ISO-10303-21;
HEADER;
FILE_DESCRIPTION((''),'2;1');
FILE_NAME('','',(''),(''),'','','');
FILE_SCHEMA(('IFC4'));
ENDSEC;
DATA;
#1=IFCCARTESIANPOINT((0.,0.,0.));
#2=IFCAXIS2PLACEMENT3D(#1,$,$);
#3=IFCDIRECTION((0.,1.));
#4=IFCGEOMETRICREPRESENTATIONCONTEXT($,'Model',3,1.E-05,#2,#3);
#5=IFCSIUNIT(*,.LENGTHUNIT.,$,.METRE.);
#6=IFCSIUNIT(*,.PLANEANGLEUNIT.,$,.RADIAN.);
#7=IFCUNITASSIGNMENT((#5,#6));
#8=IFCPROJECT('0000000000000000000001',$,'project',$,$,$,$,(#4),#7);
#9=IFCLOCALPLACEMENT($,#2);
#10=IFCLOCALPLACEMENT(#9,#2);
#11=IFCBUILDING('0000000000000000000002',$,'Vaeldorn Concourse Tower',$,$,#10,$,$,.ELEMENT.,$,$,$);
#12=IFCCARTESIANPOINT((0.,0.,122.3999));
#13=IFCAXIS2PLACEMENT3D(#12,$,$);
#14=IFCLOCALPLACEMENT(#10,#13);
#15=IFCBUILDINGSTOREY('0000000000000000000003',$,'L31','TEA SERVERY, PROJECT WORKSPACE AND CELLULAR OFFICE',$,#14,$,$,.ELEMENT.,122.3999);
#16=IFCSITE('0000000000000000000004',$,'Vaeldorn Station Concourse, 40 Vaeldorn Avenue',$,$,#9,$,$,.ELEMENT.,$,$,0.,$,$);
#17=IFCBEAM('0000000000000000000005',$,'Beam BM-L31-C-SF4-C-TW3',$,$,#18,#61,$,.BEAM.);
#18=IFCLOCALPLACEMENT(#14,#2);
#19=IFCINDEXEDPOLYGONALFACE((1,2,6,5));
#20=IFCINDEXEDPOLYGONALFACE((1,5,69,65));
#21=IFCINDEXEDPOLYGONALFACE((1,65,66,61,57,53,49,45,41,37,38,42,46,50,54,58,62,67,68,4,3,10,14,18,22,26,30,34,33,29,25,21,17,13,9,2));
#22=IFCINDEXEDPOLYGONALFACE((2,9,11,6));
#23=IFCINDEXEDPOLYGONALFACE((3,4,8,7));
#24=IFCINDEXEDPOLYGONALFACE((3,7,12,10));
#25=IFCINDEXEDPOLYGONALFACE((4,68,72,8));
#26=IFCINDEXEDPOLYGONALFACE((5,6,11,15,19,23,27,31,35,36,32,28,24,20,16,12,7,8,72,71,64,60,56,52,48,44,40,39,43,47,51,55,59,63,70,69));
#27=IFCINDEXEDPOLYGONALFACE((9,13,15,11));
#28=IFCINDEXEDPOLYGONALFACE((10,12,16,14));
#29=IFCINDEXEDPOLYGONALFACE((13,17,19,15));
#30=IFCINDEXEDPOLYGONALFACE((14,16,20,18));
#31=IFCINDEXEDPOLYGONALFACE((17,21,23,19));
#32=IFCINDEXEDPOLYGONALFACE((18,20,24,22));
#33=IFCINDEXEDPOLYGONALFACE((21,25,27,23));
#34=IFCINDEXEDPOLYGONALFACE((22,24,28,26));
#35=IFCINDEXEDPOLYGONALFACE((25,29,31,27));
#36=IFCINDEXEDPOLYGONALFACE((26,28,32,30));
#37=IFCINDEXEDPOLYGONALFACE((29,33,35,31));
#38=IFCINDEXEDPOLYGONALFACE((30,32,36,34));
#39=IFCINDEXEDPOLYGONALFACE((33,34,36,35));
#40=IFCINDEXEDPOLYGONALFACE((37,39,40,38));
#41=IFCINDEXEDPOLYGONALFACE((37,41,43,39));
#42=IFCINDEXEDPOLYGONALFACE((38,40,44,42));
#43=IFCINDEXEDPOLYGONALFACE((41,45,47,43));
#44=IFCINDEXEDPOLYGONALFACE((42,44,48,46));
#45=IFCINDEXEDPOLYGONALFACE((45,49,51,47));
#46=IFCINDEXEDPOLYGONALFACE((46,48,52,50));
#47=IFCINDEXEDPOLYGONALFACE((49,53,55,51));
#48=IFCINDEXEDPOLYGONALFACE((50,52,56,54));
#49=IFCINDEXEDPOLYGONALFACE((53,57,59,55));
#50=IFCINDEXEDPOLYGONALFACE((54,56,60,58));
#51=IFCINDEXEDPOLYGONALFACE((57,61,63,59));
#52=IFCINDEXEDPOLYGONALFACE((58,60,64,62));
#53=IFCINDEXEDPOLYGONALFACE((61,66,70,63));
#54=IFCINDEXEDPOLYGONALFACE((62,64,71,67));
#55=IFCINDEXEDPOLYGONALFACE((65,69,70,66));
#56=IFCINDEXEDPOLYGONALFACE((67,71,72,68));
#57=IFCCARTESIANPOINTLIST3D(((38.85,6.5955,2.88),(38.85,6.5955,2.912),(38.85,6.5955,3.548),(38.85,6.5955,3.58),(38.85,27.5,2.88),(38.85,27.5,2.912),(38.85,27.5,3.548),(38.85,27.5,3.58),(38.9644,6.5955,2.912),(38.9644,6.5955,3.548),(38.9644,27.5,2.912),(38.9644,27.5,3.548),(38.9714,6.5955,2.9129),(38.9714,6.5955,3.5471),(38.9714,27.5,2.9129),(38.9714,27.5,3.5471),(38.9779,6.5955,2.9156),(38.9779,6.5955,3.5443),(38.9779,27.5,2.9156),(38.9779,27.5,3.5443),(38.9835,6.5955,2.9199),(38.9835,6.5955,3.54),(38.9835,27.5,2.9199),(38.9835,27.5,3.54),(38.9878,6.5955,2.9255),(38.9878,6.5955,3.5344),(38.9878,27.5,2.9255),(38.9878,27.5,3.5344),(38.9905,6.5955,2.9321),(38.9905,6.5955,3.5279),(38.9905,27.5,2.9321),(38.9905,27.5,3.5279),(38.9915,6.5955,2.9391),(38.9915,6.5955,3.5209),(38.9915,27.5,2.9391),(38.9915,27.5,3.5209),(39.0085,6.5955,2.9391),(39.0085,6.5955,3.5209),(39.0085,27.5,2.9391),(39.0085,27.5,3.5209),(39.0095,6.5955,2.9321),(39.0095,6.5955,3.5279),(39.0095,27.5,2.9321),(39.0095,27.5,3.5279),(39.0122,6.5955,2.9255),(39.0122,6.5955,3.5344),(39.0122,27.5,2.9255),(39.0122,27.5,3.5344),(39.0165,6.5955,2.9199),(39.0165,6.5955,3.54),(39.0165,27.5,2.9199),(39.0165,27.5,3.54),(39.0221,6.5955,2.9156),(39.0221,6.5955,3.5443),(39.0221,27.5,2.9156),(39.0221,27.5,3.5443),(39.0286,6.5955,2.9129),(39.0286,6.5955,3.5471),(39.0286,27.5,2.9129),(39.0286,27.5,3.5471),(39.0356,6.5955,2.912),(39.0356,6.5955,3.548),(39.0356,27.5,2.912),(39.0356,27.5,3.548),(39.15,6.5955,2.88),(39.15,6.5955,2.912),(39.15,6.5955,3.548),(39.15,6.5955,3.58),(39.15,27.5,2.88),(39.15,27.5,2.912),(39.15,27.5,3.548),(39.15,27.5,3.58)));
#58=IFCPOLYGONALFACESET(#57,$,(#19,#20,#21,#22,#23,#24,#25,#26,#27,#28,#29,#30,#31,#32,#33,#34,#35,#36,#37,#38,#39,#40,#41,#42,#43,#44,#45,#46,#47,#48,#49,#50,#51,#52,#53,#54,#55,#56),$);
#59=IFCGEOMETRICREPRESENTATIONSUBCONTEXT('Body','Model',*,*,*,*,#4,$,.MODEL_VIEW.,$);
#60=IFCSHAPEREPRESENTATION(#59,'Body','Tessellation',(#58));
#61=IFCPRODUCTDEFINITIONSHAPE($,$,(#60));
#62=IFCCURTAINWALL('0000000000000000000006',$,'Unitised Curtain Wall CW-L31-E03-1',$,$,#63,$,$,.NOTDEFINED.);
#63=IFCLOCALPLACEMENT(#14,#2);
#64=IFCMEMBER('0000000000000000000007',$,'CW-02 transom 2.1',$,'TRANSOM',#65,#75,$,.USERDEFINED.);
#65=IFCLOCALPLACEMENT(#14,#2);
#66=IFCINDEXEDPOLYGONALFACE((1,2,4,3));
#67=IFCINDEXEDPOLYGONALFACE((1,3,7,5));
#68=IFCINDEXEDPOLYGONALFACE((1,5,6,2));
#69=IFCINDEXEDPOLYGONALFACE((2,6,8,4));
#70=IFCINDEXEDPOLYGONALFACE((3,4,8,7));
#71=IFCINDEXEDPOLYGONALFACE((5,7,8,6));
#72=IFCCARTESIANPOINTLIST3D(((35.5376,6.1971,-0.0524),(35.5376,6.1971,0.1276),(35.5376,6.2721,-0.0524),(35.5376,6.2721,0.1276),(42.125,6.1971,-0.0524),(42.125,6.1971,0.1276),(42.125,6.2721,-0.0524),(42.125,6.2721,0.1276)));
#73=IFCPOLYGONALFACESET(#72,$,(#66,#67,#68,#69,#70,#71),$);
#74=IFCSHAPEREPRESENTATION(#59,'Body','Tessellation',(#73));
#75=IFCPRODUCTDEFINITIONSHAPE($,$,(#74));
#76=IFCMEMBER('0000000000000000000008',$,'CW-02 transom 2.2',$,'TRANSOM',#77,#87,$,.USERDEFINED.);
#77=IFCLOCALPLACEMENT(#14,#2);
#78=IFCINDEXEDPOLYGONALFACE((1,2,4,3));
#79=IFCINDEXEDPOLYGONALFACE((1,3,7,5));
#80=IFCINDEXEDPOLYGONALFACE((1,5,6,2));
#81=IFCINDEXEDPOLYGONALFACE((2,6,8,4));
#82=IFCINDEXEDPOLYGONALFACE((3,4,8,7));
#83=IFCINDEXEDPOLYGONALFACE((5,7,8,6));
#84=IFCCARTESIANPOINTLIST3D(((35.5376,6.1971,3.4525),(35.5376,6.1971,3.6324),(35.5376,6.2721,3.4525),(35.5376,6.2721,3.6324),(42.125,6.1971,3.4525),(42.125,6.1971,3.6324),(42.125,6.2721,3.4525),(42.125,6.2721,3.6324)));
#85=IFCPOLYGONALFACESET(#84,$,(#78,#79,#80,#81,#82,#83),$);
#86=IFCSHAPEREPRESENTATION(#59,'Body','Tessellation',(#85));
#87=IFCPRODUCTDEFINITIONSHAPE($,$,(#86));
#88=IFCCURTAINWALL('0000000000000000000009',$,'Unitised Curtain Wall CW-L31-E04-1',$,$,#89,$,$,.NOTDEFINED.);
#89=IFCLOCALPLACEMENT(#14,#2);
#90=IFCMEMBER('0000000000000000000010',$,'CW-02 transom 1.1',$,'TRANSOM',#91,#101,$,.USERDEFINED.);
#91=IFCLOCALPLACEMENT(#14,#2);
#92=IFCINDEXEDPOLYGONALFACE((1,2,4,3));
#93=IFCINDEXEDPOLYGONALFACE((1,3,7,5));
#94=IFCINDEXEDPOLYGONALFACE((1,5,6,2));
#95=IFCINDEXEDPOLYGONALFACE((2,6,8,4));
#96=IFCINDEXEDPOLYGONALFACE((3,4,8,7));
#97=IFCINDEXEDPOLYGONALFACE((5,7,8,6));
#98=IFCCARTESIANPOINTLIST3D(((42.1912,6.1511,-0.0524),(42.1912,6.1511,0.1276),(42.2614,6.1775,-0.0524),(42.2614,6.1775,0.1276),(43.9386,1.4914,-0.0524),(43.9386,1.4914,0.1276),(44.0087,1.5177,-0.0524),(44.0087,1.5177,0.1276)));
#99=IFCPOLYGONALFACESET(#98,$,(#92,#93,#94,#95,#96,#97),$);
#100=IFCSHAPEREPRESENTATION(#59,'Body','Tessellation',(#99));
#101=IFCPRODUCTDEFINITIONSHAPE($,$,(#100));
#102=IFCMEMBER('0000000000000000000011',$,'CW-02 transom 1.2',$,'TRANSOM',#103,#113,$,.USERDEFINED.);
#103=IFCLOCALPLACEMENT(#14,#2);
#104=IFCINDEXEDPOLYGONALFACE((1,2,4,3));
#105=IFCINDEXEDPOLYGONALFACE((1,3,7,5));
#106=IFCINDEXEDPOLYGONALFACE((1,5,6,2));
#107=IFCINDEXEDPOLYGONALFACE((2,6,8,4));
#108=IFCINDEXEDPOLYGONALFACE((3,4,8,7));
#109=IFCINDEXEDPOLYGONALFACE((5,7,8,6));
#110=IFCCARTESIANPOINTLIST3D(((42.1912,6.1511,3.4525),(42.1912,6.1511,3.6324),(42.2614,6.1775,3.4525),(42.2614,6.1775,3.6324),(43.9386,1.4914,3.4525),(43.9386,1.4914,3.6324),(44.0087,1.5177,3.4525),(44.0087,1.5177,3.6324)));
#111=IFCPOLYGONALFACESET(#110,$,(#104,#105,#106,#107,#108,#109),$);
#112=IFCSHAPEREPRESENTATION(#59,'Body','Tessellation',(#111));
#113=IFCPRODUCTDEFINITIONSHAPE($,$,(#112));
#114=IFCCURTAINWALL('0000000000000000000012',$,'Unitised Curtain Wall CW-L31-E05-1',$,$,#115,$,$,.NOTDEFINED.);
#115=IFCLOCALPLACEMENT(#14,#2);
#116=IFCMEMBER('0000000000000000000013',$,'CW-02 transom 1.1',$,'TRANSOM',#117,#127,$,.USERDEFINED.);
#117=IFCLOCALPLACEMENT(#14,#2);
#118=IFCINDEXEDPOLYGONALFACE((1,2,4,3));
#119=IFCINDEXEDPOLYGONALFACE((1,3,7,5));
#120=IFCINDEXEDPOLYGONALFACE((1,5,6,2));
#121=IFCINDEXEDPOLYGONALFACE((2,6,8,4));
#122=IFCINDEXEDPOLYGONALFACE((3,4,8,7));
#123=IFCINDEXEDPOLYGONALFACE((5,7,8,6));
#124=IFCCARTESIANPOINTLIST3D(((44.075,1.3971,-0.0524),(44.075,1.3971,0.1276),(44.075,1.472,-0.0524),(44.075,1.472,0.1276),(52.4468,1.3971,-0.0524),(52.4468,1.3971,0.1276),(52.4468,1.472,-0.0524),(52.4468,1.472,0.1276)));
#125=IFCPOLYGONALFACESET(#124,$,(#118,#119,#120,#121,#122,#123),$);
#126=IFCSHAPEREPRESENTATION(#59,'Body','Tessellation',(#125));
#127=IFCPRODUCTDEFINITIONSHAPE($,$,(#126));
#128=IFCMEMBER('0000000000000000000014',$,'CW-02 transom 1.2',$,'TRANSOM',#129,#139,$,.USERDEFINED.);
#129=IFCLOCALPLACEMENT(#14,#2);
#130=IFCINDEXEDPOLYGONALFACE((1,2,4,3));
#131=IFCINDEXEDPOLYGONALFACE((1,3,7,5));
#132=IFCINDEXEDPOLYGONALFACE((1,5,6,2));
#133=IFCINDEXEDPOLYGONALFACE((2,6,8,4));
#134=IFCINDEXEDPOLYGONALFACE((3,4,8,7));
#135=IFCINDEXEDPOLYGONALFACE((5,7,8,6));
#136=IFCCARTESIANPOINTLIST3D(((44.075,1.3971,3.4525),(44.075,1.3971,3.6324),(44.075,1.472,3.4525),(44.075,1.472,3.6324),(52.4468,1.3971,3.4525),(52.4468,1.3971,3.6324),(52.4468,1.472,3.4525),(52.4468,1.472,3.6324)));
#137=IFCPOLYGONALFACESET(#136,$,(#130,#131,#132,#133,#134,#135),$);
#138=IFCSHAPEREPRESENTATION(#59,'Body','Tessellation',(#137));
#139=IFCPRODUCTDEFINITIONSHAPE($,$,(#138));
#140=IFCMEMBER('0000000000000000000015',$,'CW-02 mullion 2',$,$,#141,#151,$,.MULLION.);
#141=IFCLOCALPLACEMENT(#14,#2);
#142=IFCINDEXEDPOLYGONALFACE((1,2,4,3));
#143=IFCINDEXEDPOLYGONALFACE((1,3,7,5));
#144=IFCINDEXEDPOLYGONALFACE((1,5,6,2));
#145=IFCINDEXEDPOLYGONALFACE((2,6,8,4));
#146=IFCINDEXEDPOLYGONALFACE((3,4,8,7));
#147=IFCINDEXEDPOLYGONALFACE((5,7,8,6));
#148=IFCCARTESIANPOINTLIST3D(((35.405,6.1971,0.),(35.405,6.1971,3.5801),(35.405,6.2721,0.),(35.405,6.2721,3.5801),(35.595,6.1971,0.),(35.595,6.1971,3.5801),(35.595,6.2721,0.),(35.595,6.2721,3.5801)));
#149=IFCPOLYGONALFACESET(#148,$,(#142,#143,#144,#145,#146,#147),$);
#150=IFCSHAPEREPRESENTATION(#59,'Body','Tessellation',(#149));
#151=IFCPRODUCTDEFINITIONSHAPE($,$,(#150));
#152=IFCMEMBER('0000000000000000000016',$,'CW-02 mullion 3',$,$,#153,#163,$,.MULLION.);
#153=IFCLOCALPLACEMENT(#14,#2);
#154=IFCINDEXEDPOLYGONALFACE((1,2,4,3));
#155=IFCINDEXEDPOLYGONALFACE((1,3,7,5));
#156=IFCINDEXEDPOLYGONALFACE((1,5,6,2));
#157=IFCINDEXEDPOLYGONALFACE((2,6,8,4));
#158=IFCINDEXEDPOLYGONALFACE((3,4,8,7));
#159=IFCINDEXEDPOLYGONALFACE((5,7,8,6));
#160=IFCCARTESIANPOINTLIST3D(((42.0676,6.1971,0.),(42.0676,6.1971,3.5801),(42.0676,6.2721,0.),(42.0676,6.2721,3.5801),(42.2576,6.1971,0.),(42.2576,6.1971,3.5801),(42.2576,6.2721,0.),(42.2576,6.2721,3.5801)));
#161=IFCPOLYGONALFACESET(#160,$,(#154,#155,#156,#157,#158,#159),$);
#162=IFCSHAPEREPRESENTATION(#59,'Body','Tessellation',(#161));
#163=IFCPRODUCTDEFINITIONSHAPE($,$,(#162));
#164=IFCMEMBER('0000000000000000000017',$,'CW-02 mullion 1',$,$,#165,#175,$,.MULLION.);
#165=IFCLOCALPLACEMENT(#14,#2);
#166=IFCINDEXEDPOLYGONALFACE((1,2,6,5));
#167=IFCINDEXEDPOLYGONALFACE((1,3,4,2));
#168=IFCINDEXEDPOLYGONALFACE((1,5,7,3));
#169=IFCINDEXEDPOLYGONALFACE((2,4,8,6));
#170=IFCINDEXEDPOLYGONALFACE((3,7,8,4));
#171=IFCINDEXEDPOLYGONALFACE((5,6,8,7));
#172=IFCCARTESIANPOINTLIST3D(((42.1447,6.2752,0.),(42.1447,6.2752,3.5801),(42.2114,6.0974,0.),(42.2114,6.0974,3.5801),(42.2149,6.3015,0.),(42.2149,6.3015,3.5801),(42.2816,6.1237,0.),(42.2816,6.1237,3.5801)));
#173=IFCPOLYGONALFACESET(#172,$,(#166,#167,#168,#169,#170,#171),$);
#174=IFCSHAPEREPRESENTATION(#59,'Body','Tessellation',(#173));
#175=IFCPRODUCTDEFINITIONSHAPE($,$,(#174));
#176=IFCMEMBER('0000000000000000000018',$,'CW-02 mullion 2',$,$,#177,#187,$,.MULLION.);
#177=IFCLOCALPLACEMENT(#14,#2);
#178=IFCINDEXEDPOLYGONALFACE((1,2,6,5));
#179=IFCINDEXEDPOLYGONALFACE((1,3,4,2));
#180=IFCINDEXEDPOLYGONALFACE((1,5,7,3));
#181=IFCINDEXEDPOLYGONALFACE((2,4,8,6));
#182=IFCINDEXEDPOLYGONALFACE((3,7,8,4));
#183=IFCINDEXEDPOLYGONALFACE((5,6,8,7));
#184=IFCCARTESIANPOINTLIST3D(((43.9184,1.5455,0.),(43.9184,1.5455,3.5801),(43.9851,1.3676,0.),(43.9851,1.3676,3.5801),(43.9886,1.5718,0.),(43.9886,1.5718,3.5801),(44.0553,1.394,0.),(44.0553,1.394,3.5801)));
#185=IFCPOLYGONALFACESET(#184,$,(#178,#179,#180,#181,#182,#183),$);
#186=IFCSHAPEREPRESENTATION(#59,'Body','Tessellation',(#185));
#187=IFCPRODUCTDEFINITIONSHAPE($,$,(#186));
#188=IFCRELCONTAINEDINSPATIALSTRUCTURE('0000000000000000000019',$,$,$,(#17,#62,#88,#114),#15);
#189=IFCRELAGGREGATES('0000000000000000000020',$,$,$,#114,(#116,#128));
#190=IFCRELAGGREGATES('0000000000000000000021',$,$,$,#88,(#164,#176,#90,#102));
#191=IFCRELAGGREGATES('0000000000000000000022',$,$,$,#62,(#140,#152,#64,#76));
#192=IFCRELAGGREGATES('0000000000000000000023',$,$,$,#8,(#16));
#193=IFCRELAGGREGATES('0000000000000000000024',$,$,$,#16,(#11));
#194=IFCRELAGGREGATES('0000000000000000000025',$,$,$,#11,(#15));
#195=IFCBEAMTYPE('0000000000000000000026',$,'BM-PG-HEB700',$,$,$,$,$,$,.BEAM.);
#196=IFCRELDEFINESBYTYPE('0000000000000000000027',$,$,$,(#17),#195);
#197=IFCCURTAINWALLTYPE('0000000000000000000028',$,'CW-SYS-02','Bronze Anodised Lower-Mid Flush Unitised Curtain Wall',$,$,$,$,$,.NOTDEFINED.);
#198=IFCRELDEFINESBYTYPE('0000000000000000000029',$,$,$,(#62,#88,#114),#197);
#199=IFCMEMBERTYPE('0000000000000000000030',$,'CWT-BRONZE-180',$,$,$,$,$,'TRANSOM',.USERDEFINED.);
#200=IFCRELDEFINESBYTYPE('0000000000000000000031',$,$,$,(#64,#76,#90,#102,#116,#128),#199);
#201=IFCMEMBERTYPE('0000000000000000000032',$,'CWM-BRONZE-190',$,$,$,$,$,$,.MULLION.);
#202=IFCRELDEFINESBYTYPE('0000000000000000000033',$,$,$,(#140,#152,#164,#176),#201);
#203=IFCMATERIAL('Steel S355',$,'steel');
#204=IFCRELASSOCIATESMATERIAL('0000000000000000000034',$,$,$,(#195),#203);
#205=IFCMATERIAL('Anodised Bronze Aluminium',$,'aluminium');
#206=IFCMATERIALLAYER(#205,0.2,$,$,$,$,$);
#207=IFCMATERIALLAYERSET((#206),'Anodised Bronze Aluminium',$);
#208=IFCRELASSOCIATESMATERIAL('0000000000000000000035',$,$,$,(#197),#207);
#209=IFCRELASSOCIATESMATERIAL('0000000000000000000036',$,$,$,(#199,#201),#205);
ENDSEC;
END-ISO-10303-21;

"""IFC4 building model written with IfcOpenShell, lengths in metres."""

from ifc_helpers import new_model, si_unit, direction, frame, origin, origin_2d, place, context, subcontext, project, spatial, rectangle, i_section, extrude, source, transform, mapped, material, layer, layer_set, material_profile, profile_set, type_object, element, aggregate, save


model = new_model("IFC4")

# Units and contexts
model_context = context("Model", 3, precision=1e-05, world=origin(), true_north=direction((0.0, 1.0)))
body_context = subcontext(model_context, "Body", "Model", "MODEL_VIEW")
ifc_project = project(units=[si_unit("LENGTHUNIT", "METRE"), si_unit("PLANEANGLEUNIT", "RADIAN")], contexts=[model_context])

# Site, building, storey
site_placement = place(None, origin())
site = spatial("IfcSite", under=ifc_project, at=site_placement, Name="Vaeldorn Station Concourse, 40 Vaeldorn Avenue", CompositionType="ELEMENT", RefElevation=0.0)
building_placement = place(site_placement, origin())
building = spatial("IfcBuilding", under=site, at=building_placement, Name="Vaeldorn Concourse Tower", CompositionType="ELEMENT")
storey_placement = place(building_placement, frame((0.0, 0.0, 122.3999)))
storey = spatial("IfcBuildingStorey", under=building, at=storey_placement, Name="L31", Description="TEA SERVERY, PROJECT WORKSPACE AND CELLULAR OFFICE", CompositionType="ELEMENT", Elevation=122.3999)

# Beam
ifc_material_1 = material(Name="Steel S355", Category="steel")
ifc_material_profile_1 = material_profile(ifc_material_1, i_section(OverallWidth=0.3, OverallDepth=0.7, WebThickness=0.0171, FlangeThickness=0.032, FilletRadius=0.0271, at=origin_2d()), Name="HEB 700")
ifc_profile_set_1 = profile_set([ifc_material_profile_1], Name="Steel S355")
beam_type_1 = type_object("IfcBeamType", Name="BM-PG-HEB700", PredefinedType="BEAM", material=ifc_profile_set_1)
shared_shape_1 = source(origin(), body_context, "Body", "SweptSolid", [
    extrude(i_section(OverallWidth=0.3, OverallDepth=0.7, WebThickness=0.0171, FlangeThickness=0.032, FilletRadius=0.0271, at=origin_2d()), origin(), (0.0, 0.0, 1.0), 20.9045),
])
beam_1_placement = place(storey_placement, frame((39.0, 6.5955, 3.23), z_axis=(0.0, 1.0, 0.0), x_axis=(-1.0, 0.0, 0.0)))
element("IfcBeam", 1, at=beam_1_placement, inside=storey, type_object=beam_type_1, Name="Beam BM-L31-C-SF4-C-TW3", PredefinedType="BEAM", context=body_context, shape_type="MappedRepresentation", body=[
    mapped(shared_shape_1, transform((0.0, 0.0, 0.0), scale=1.0)),
])

# Curtain walls, members
ifc_material_2 = material(Name="Anodised Bronze Aluminium", Category="aluminium")
ifc_layer_1 = layer(ifc_material_2, 0.2)
ifc_layer_set_1 = layer_set([ifc_layer_1], Name="Anodised Bronze Aluminium")
curtain_wall_type = type_object("IfcCurtainWallType", Name="CW-SYS-02", Description="Bronze Anodised Lower-Mid Flush Unitised Curtain Wall", PredefinedType="NOTDEFINED", material=ifc_layer_set_1)
curtain_wall_1_placement = place(storey_placement, origin())
curtain_wall_1 = element("IfcCurtainWall", 2, at=curtain_wall_1_placement, inside=storey, type_object=curtain_wall_type, Name="Unitised Curtain Wall CW-L31-E03-1", PredefinedType="NOTDEFINED")
ifc_material_profile_2 = material_profile(ifc_material_2, rectangle(XDim=0.075, YDim=0.1799, at=origin_2d()), Name="CWT 75x180")
ifc_profile_set_2 = profile_set([ifc_material_profile_2], Name="Anodised Bronze Aluminium")
member_type_1 = type_object("IfcMemberType", Name="CWT-BRONZE-180", ElementType="TRANSOM", PredefinedType="USERDEFINED", material=ifc_profile_set_2)
shared_shape_2 = source(origin(), body_context, "Body", "SweptSolid", [
    extrude(rectangle(XDim=0.075, YDim=0.1799, at=origin_2d()), origin(), (0.0, 0.0, 1.0), 6.5874),
])
member_1_placement = place(storey_placement, frame((35.5376, 6.2346, 0.0376), z_axis=(1.0, 0.0, 0.0), x_axis=(0.0, 1.0, 0.0)))
member_1 = element("IfcMember", 3, at=member_1_placement, type_object=member_type_1, Name="CW-02 transom 2.1", ObjectType="TRANSOM", PredefinedType="USERDEFINED", context=body_context, shape_type="MappedRepresentation", body=[
    mapped(shared_shape_2, transform((0.0, 0.0, 0.0), scale=1.0)),
])
member_2_placement = place(storey_placement, frame((35.5376, 6.2346, 3.5425), z_axis=(1.0, 0.0, 0.0), x_axis=(0.0, 1.0, 0.0)))
member_2 = element("IfcMember", 4, at=member_2_placement, type_object=member_type_1, Name="CW-02 transom 2.2", ObjectType="TRANSOM", PredefinedType="USERDEFINED", context=body_context, shape_type="MappedRepresentation", body=[
    mapped(shared_shape_2, transform((0.0, 0.0, 0.0), scale=1.0)),
])
curtain_wall_2_placement = place(storey_placement, origin())
curtain_wall_2 = element("IfcCurtainWall", 5, at=curtain_wall_2_placement, inside=storey, type_object=curtain_wall_type, Name="Unitised Curtain Wall CW-L31-E04-1", PredefinedType="NOTDEFINED")
shared_shape_3 = source(origin(), body_context, "Body", "SweptSolid", [
    extrude(rectangle(XDim=0.075, YDim=0.1799, at=origin_2d()), origin(), (0.0, 0.0, 1.0), 4.9766),
])
member_3_placement = place(storey_placement, frame((42.2263, 6.1643, 0.0376), z_axis=(0.351113, -0.936333, 0.0), x_axis=(0.936333, 0.351113, 0.0)))
member_3 = element("IfcMember", 6, at=member_3_placement, type_object=member_type_1, Name="CW-02 transom 1.1", ObjectType="TRANSOM", PredefinedType="USERDEFINED", context=body_context, shape_type="MappedRepresentation", body=[
    mapped(shared_shape_3, transform((0.0, 0.0, 0.0), scale=1.0)),
])
member_4_placement = place(storey_placement, frame((42.2263, 6.1643, 3.5425), z_axis=(0.351113, -0.936333, 0.0), x_axis=(0.936333, 0.351113, 0.0)))
member_4 = element("IfcMember", 7, at=member_4_placement, type_object=member_type_1, Name="CW-02 transom 1.2", ObjectType="TRANSOM", PredefinedType="USERDEFINED", context=body_context, shape_type="MappedRepresentation", body=[
    mapped(shared_shape_3, transform((0.0, 0.0, 0.0), scale=1.0)),
])
curtain_wall_3_placement = place(storey_placement, origin())
curtain_wall_3 = element("IfcCurtainWall", 8, at=curtain_wall_3_placement, inside=storey, type_object=curtain_wall_type, Name="Unitised Curtain Wall CW-L31-E05-1", PredefinedType="NOTDEFINED")
shared_shape_4 = source(origin(), body_context, "Body", "SweptSolid", [
    extrude(rectangle(XDim=0.075, YDim=0.1799, at=origin_2d()), origin(), (0.0, 0.0, 1.0), 8.3718),
])
member_5_placement = place(storey_placement, frame((44.075, 1.4346, 0.0376), z_axis=(1.0, 0.0, 0.0), x_axis=(0.0, 1.0, 0.0)))
member_5 = element("IfcMember", 9, at=member_5_placement, type_object=member_type_1, Name="CW-02 transom 1.1", ObjectType="TRANSOM", PredefinedType="USERDEFINED", context=body_context, shape_type="MappedRepresentation", body=[
    mapped(shared_shape_4, transform((0.0, 0.0, 0.0), scale=1.0)),
])
member_6_placement = place(storey_placement, frame((44.075, 1.4346, 3.5425), z_axis=(1.0, 0.0, 0.0), x_axis=(0.0, 1.0, 0.0)))
member_6 = element("IfcMember", 10, at=member_6_placement, type_object=member_type_1, Name="CW-02 transom 1.2", ObjectType="TRANSOM", PredefinedType="USERDEFINED", context=body_context, shape_type="MappedRepresentation", body=[
    mapped(shared_shape_4, transform((0.0, 0.0, 0.0), scale=1.0)),
])

# Members
ifc_material_profile_3 = material_profile(ifc_material_2, rectangle(XDim=0.075, YDim=0.1899, at=origin_2d()), Name="CWM 75x190")
ifc_profile_set_3 = profile_set([ifc_material_profile_3], Name="Anodised Bronze Aluminium")
member_type_2 = type_object("IfcMemberType", Name="CWM-BRONZE-190", PredefinedType="MULLION", material=ifc_profile_set_3)
shared_shape_5 = source(origin(), body_context, "Body", "SweptSolid", [
    extrude(rectangle(XDim=0.075, YDim=0.1899, at=origin_2d()), origin(), (0.0, 0.0, 1.0), 3.5801),
])
member_7_placement = place(storey_placement, frame((35.5, 6.2346, 0.0), z_axis=(0.0, 0.0, 1.0), x_axis=(0.0, 1.0, 0.0)))
member_7 = element("IfcMember", 11, at=member_7_placement, type_object=member_type_2, Name="CW-02 mullion 2", PredefinedType="MULLION", context=body_context, shape_type="MappedRepresentation", body=[
    mapped(shared_shape_5, transform((0.0, 0.0, 0.0), scale=1.0)),
])
member_8_placement = place(storey_placement, frame((42.1626, 6.2346, 0.0), z_axis=(0.0, 0.0, 1.0), x_axis=(0.0, 1.0, 0.0)))
member_8 = element("IfcMember", 12, at=member_8_placement, type_object=member_type_2, Name="CW-02 mullion 3", PredefinedType="MULLION", context=body_context, shape_type="MappedRepresentation", body=[
    mapped(shared_shape_5, transform((0.0, 0.0, 0.0), scale=1.0)),
])
member_9_placement = place(storey_placement, frame((42.2131, 6.1995, 0.0), z_axis=(0.0, 0.0, 1.0), x_axis=(0.936329, 0.351123, 0.0)))
member_9 = element("IfcMember", 13, at=member_9_placement, type_object=member_type_2, Name="CW-02 mullion 1", PredefinedType="MULLION", context=body_context, shape_type="MappedRepresentation", body=[
    mapped(shared_shape_5, transform((0.0, 0.0, 0.0), scale=1.0)),
])
member_10_placement = place(storey_placement, frame((43.9868, 1.4697, 0.0), z_axis=(0.0, 0.0, 1.0), x_axis=(0.936329, 0.351123, 0.0)))
member_10 = element("IfcMember", 14, at=member_10_placement, type_object=member_type_2, Name="CW-02 mullion 2", PredefinedType="MULLION", context=body_context, shape_type="MappedRepresentation", body=[
    mapped(shared_shape_5, transform((0.0, 0.0, 0.0), scale=1.0)),
])
aggregate(curtain_wall_3, [member_5, member_6])

aggregate(curtain_wall_2, [member_9, member_10, member_3, member_4])
aggregate(curtain_wall_1, [member_7, member_8, member_1, member_2])

save(model, "model.ifc")
